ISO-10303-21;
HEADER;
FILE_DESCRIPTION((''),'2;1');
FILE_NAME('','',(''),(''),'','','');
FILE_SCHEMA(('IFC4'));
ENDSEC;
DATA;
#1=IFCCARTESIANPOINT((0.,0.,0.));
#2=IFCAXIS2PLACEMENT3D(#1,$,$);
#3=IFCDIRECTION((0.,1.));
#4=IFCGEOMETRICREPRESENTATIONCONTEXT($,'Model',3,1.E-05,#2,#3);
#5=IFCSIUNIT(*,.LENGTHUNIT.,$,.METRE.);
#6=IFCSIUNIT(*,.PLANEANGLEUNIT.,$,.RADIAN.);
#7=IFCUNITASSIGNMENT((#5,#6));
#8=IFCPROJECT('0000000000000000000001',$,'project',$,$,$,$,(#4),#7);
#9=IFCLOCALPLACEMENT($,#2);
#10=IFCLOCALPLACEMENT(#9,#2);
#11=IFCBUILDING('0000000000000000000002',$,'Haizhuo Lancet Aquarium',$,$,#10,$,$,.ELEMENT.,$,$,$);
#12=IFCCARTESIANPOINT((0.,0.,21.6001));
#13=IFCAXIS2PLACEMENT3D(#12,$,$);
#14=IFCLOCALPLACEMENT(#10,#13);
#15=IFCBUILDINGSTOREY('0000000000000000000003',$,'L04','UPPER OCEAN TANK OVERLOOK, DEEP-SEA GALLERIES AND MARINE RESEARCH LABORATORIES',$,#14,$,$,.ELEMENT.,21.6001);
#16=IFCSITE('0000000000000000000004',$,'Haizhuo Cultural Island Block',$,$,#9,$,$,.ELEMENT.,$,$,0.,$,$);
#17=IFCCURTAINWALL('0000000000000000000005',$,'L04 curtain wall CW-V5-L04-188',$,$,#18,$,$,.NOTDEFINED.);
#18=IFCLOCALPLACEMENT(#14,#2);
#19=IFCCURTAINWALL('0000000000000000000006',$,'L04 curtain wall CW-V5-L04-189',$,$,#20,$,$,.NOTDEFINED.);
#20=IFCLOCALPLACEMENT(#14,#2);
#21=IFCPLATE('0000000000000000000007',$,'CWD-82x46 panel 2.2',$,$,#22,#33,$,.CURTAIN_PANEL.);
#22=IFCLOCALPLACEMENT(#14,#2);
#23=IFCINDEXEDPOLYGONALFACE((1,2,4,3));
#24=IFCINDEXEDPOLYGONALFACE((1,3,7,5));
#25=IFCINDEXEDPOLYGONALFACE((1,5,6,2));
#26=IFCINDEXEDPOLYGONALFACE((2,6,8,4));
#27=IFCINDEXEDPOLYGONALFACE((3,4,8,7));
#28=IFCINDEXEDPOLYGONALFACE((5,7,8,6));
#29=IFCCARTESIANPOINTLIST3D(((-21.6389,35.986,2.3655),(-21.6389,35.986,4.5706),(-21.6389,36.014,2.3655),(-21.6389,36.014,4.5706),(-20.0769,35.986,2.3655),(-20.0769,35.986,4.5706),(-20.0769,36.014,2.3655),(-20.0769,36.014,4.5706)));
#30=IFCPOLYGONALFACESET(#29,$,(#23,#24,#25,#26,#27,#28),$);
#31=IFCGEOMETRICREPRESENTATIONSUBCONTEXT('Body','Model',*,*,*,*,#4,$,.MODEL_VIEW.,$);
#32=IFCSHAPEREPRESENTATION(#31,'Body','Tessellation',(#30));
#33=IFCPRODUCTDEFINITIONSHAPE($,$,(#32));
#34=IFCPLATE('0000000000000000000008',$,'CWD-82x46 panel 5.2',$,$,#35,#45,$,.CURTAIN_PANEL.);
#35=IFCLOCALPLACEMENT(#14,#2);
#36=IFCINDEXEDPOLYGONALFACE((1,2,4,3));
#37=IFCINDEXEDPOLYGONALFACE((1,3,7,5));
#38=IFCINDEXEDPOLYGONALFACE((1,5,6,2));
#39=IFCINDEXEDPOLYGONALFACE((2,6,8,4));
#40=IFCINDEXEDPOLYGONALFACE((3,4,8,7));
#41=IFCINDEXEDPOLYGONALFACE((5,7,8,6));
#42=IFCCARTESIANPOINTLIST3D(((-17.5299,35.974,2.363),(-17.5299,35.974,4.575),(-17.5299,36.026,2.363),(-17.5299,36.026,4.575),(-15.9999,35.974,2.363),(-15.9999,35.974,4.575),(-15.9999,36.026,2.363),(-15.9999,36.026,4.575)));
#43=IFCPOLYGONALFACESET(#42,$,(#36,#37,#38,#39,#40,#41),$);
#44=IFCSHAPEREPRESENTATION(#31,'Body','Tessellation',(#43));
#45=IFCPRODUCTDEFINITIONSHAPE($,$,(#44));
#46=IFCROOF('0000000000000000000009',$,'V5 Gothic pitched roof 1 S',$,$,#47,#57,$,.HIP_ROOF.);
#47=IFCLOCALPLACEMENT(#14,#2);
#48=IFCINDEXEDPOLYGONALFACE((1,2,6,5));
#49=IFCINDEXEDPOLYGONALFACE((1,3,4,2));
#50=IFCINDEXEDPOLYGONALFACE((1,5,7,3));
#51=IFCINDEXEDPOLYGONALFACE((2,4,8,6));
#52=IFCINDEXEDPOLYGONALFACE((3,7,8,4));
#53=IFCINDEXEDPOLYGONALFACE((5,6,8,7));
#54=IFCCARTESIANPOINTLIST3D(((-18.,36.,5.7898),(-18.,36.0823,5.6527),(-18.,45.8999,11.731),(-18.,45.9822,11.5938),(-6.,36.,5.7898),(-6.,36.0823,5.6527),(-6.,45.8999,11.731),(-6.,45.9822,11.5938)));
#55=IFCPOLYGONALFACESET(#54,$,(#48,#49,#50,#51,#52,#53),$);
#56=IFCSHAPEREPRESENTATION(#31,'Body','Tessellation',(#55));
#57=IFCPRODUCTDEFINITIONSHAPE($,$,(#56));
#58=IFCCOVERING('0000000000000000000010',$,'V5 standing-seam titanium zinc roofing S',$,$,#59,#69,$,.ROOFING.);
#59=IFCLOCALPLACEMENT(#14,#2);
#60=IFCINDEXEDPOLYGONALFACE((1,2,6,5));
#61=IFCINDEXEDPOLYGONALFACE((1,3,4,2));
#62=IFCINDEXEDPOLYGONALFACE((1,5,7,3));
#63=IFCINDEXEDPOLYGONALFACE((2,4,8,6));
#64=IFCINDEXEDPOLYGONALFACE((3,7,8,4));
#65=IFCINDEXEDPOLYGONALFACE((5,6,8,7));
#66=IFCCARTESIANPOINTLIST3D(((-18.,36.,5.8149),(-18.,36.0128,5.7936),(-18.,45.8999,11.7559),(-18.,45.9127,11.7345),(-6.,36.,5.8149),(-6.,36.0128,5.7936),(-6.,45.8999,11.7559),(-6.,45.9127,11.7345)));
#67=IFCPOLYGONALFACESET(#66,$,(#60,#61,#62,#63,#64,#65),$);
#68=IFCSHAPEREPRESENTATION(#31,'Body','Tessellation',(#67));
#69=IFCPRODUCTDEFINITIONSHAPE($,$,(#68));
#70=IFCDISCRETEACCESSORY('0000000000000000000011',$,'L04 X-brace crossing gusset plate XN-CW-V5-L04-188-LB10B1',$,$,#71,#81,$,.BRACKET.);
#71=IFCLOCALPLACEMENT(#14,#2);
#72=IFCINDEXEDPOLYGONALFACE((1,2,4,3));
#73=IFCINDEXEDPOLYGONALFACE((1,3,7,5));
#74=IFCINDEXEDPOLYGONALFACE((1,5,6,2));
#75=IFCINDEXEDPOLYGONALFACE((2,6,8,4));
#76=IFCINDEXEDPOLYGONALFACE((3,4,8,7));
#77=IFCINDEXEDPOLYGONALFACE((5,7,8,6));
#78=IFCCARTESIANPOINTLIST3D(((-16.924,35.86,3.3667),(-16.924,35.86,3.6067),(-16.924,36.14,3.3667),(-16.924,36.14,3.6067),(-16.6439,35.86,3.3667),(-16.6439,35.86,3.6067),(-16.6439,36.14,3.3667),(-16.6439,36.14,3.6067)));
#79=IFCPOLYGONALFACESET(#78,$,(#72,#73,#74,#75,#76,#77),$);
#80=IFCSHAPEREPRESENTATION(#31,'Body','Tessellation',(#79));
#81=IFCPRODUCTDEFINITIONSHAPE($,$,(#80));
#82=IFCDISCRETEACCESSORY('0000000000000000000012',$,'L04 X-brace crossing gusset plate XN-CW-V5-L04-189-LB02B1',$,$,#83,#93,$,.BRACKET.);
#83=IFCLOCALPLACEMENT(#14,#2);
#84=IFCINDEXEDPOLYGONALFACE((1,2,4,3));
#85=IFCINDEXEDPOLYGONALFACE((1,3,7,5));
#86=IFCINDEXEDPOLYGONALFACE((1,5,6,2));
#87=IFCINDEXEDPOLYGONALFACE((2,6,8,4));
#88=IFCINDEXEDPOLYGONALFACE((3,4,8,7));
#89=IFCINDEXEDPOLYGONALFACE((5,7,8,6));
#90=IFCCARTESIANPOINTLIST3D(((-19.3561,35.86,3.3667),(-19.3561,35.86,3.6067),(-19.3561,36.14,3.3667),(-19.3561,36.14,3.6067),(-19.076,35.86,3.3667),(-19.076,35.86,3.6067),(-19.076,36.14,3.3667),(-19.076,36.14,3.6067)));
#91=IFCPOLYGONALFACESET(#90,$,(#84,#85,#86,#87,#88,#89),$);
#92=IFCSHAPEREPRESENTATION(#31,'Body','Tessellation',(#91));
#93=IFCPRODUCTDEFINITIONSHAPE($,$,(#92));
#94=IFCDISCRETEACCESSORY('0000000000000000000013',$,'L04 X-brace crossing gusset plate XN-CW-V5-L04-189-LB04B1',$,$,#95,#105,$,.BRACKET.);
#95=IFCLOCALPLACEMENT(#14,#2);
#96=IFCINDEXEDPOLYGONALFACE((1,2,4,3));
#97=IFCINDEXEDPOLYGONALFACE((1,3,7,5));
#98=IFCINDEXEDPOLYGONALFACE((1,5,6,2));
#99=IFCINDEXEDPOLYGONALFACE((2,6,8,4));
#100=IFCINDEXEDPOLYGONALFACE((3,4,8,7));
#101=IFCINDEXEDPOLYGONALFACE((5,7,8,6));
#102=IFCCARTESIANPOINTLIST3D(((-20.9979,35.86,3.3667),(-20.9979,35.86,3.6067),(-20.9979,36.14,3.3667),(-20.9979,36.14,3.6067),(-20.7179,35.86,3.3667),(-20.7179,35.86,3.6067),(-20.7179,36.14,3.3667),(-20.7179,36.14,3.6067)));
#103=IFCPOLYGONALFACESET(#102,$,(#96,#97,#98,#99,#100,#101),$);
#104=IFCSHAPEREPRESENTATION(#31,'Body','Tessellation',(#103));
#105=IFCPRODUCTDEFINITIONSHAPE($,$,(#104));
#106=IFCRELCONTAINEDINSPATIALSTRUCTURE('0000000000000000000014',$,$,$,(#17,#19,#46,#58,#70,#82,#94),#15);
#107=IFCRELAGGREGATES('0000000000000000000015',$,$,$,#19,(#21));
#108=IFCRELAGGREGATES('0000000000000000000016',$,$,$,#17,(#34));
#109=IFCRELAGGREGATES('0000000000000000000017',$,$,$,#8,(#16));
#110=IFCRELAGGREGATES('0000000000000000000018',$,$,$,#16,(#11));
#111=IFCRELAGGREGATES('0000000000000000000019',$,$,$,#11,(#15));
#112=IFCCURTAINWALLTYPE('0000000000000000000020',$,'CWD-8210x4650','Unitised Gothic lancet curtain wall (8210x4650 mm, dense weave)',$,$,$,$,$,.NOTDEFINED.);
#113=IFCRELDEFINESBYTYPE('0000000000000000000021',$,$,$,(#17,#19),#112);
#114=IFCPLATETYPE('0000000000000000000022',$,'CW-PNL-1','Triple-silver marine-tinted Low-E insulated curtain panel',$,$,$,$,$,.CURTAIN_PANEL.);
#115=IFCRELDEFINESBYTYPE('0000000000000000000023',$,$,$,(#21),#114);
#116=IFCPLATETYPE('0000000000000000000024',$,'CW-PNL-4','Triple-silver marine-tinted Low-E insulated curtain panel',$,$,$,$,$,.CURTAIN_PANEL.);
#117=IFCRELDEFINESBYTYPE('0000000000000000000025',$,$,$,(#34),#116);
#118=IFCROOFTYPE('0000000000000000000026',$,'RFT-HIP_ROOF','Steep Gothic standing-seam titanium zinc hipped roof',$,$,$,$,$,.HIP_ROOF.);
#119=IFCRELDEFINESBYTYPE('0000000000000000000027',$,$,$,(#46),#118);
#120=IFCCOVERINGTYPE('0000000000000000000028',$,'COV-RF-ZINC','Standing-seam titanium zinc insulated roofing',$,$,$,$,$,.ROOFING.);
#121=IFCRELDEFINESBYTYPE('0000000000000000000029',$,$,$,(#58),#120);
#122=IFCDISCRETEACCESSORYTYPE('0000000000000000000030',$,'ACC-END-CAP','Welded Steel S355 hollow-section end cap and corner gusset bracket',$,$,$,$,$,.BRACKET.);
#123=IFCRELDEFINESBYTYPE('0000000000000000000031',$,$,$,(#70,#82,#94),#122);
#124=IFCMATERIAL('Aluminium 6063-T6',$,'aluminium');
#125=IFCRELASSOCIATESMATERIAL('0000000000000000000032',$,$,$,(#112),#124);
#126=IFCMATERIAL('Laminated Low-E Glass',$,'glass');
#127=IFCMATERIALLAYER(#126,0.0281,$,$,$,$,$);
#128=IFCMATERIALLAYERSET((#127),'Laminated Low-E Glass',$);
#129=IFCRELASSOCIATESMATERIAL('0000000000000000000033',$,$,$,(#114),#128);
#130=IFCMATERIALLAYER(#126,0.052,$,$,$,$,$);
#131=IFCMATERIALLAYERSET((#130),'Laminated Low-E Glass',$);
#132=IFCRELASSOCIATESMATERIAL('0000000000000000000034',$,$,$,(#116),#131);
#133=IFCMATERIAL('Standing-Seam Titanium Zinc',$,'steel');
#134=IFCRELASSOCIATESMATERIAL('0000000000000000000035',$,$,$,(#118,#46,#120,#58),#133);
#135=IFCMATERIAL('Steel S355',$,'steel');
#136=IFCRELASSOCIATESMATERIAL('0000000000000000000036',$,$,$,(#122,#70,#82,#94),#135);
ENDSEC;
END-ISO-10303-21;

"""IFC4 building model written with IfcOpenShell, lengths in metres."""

from ifc_helpers import new_model, si_unit, direction, frame, origin, origin_2d, place, context, subcontext, project, spatial, polyline, rectangle, outline, extrude, material, layer, layer_set, type_object, element, aggregate, save


model = new_model("IFC4")

# Units and contexts
model_context = context("Model", 3, precision=1e-05, world=origin(), true_north=direction((0.0, 1.0)))
body_context = subcontext(model_context, "Body", "Model", "MODEL_VIEW")
ifc_project = project(units=[si_unit("LENGTHUNIT", "METRE"), si_unit("PLANEANGLEUNIT", "RADIAN")], contexts=[model_context])

# Site, building, storey
site_placement = place(None, origin())
site = spatial("IfcSite", under=ifc_project, at=site_placement, Name="Haizhuo Cultural Island Block", CompositionType="ELEMENT", RefElevation=0.0)
building_placement = place(site_placement, origin())
building = spatial("IfcBuilding", under=site, at=building_placement, Name="Haizhuo Lancet Aquarium", CompositionType="ELEMENT")
storey_placement = place(building_placement, frame((0.0, 0.0, 21.6001)))
storey = spatial("IfcBuildingStorey", under=building, at=storey_placement, Name="L04", Description="UPPER OCEAN TANK OVERLOOK, DEEP-SEA GALLERIES AND MARINE RESEARCH LABORATORIES", CompositionType="ELEMENT", Elevation=21.6001)

# Curtain walls
ifc_material_1 = material(Name="Aluminium 6063-T6", Category="aluminium")
curtain_wall_type = type_object("IfcCurtainWallType", Name="CWD-8210x4650", Description="Unitised Gothic lancet curtain wall (8210x4650 mm, dense weave)", PredefinedType="NOTDEFINED", material=ifc_material_1)
curtain_wall_1_placement = place(storey_placement, origin())
curtain_wall_1 = element("IfcCurtainWall", 1, at=curtain_wall_1_placement, inside=storey, type_object=curtain_wall_type, Name="L04 curtain wall CW-V5-L04-188", PredefinedType="NOTDEFINED")
curtain_wall_2_placement = place(storey_placement, origin())
curtain_wall_2 = element("IfcCurtainWall", 2, at=curtain_wall_2_placement, inside=storey, type_object=curtain_wall_type, Name="L04 curtain wall CW-V5-L04-189", PredefinedType="NOTDEFINED")

# Shared definitions
ifc_material_2 = material(Name="Steel S355", Category="steel")

# Plates
ifc_material_3 = material(Name="Laminated Low-E Glass", Category="glass")
ifc_layer_1 = layer(ifc_material_3, 0.0281)
ifc_layer_set_1 = layer_set([ifc_layer_1], Name="Laminated Low-E Glass")
plate_type_1 = type_object("IfcPlateType", Name="CW-PNL-1", Description="Triple-silver marine-tinted Low-E insulated curtain panel", PredefinedType="CURTAIN_PANEL", material=ifc_layer_set_1)
plate_1_placement = place(storey_placement, frame((-20.8579, 36.0, 2.3655), z_axis=(0.0, 0.0, 1.0), x_axis=(-1.0, 0.0, 0.0)))
plate_1 = element("IfcPlate", 3, at=plate_1_placement, type_object=plate_type_1, Name="CWD-82x46 panel 2.2", PredefinedType="CURTAIN_PANEL", context=body_context, shape_type="SweptSolid", body=[
    extrude(rectangle(XDim=1.562, YDim=0.0281, at=origin_2d()), origin(), (0.0, 0.0, 1.0), 2.2051),
])
aggregate(curtain_wall_2, [plate_1])
ifc_layer_2 = layer(ifc_material_3, 0.052)
ifc_layer_set_2 = layer_set([ifc_layer_2], Name="Laminated Low-E Glass")
plate_type_2 = type_object("IfcPlateType", Name="CW-PNL-4", Description="Triple-silver marine-tinted Low-E insulated curtain panel", PredefinedType="CURTAIN_PANEL", material=ifc_layer_set_2)
plate_2_placement = place(storey_placement, frame((-16.7649, 36.0, 2.363), z_axis=(0.0, 0.0, 1.0), x_axis=(-1.0, 0.0, 0.0)))
plate_2 = element("IfcPlate", 4, at=plate_2_placement, type_object=plate_type_2, Name="CWD-82x46 panel 5.2", PredefinedType="CURTAIN_PANEL", context=body_context, shape_type="SweptSolid", body=[
    extrude(rectangle(XDim=1.53, YDim=0.052, at=origin_2d()), origin(), (0.0, 0.0, 1.0), 2.2119),
])
aggregate(curtain_wall_1, [plate_2])

# Roof
ifc_material_4 = material(Name="Standing-Seam Titanium Zinc", Category="steel")
roof_type = type_object("IfcRoofType", Name="RFT-HIP_ROOF", Description="Steep Gothic standing-seam titanium zinc hipped roof", PredefinedType="HIP_ROOF", material=ifc_material_4)
roof_placement = place(storey_placement, frame((-18.0, 36.0, 5.7898), z_axis=(0.0, -0.514573, 0.857446), x_axis=(1.0, 0.0, 0.0)))
element("IfcRoof", 5, at=roof_placement, inside=storey, type_object=roof_type, material=ifc_material_4, Name="V5 Gothic pitched roof 1 S", PredefinedType="HIP_ROOF", context=body_context, shape_type="SweptSolid", body=[
    extrude(outline(polyline([(0.0, 0.0), (12.0, 0.0), (12.0, 11.5458), (0.0, 11.5458), (0.0, 0.0)])), origin(), (0.0, 0.0, -1.0), 0.1599),
])

# Covering
covering_type = type_object("IfcCoveringType", Name="COV-RF-ZINC", Description="Standing-seam titanium zinc insulated roofing", PredefinedType="ROOFING", material=ifc_material_4)
covering_placement = place(storey_placement, frame((-18.0, 36.0, 5.8149), z_axis=(0.0, -0.514558, 0.857456), x_axis=(1.0, 0.0, 0.0)))
element("IfcCovering", 6, at=covering_placement, inside=storey, type_object=covering_type, material=ifc_material_4, Name="V5 standing-seam titanium zinc roofing S", PredefinedType="ROOFING", context=body_context, shape_type="SweptSolid", body=[
    extrude(outline(polyline([(0.0, 0.0), (12.0, 0.0), (12.0, 11.5457), (0.0, 11.5457), (0.0, 0.0)])), origin(), (0.0, 0.0, -1.0), 0.0249),
])

# Discrete accessories
discrete_accessory_type = type_object("IfcDiscreteAccessoryType", Name="ACC-END-CAP", Description="Welded Steel S355 hollow-section end cap and corner gusset bracket", PredefinedType="BRACKET", material=ifc_material_2)
for number, where, z_axis, x_axis, name in (
    (7, (-16.7839, 36.0, 3.3667), (0.0, 0.0, 1.0), (1.0, 0.0, 0.0), "L04 X-brace crossing gusset plate XN-CW-V5-L04-188-LB10B1"),
    (8, (-19.2161, 36.0, 3.3667), (0.0, 0.0, 1.0), (1.0, 0.0, 0.0), "L04 X-brace crossing gusset plate XN-CW-V5-L04-189-LB02B1"),
    (9, (-20.8579, 36.0, 3.3667), (0.0, 0.0, 1.0), (1.0, 0.0, 0.0), "L04 X-brace crossing gusset plate XN-CW-V5-L04-189-LB04B1"),
):
    element("IfcDiscreteAccessory", number, at=place(storey_placement, frame(where, z_axis=z_axis, x_axis=x_axis)), inside=storey, type_object=discrete_accessory_type, material=ifc_material_2, Name=name, PredefinedType="BRACKET", context=body_context, shape_type="SweptSolid", body=[
        extrude(rectangle(XDim=0.28, YDim=0.28, at=origin_2d()), origin(), (0.0, 0.0, 1.0), 0.24),
    ])

save(model, "model.ifc")
